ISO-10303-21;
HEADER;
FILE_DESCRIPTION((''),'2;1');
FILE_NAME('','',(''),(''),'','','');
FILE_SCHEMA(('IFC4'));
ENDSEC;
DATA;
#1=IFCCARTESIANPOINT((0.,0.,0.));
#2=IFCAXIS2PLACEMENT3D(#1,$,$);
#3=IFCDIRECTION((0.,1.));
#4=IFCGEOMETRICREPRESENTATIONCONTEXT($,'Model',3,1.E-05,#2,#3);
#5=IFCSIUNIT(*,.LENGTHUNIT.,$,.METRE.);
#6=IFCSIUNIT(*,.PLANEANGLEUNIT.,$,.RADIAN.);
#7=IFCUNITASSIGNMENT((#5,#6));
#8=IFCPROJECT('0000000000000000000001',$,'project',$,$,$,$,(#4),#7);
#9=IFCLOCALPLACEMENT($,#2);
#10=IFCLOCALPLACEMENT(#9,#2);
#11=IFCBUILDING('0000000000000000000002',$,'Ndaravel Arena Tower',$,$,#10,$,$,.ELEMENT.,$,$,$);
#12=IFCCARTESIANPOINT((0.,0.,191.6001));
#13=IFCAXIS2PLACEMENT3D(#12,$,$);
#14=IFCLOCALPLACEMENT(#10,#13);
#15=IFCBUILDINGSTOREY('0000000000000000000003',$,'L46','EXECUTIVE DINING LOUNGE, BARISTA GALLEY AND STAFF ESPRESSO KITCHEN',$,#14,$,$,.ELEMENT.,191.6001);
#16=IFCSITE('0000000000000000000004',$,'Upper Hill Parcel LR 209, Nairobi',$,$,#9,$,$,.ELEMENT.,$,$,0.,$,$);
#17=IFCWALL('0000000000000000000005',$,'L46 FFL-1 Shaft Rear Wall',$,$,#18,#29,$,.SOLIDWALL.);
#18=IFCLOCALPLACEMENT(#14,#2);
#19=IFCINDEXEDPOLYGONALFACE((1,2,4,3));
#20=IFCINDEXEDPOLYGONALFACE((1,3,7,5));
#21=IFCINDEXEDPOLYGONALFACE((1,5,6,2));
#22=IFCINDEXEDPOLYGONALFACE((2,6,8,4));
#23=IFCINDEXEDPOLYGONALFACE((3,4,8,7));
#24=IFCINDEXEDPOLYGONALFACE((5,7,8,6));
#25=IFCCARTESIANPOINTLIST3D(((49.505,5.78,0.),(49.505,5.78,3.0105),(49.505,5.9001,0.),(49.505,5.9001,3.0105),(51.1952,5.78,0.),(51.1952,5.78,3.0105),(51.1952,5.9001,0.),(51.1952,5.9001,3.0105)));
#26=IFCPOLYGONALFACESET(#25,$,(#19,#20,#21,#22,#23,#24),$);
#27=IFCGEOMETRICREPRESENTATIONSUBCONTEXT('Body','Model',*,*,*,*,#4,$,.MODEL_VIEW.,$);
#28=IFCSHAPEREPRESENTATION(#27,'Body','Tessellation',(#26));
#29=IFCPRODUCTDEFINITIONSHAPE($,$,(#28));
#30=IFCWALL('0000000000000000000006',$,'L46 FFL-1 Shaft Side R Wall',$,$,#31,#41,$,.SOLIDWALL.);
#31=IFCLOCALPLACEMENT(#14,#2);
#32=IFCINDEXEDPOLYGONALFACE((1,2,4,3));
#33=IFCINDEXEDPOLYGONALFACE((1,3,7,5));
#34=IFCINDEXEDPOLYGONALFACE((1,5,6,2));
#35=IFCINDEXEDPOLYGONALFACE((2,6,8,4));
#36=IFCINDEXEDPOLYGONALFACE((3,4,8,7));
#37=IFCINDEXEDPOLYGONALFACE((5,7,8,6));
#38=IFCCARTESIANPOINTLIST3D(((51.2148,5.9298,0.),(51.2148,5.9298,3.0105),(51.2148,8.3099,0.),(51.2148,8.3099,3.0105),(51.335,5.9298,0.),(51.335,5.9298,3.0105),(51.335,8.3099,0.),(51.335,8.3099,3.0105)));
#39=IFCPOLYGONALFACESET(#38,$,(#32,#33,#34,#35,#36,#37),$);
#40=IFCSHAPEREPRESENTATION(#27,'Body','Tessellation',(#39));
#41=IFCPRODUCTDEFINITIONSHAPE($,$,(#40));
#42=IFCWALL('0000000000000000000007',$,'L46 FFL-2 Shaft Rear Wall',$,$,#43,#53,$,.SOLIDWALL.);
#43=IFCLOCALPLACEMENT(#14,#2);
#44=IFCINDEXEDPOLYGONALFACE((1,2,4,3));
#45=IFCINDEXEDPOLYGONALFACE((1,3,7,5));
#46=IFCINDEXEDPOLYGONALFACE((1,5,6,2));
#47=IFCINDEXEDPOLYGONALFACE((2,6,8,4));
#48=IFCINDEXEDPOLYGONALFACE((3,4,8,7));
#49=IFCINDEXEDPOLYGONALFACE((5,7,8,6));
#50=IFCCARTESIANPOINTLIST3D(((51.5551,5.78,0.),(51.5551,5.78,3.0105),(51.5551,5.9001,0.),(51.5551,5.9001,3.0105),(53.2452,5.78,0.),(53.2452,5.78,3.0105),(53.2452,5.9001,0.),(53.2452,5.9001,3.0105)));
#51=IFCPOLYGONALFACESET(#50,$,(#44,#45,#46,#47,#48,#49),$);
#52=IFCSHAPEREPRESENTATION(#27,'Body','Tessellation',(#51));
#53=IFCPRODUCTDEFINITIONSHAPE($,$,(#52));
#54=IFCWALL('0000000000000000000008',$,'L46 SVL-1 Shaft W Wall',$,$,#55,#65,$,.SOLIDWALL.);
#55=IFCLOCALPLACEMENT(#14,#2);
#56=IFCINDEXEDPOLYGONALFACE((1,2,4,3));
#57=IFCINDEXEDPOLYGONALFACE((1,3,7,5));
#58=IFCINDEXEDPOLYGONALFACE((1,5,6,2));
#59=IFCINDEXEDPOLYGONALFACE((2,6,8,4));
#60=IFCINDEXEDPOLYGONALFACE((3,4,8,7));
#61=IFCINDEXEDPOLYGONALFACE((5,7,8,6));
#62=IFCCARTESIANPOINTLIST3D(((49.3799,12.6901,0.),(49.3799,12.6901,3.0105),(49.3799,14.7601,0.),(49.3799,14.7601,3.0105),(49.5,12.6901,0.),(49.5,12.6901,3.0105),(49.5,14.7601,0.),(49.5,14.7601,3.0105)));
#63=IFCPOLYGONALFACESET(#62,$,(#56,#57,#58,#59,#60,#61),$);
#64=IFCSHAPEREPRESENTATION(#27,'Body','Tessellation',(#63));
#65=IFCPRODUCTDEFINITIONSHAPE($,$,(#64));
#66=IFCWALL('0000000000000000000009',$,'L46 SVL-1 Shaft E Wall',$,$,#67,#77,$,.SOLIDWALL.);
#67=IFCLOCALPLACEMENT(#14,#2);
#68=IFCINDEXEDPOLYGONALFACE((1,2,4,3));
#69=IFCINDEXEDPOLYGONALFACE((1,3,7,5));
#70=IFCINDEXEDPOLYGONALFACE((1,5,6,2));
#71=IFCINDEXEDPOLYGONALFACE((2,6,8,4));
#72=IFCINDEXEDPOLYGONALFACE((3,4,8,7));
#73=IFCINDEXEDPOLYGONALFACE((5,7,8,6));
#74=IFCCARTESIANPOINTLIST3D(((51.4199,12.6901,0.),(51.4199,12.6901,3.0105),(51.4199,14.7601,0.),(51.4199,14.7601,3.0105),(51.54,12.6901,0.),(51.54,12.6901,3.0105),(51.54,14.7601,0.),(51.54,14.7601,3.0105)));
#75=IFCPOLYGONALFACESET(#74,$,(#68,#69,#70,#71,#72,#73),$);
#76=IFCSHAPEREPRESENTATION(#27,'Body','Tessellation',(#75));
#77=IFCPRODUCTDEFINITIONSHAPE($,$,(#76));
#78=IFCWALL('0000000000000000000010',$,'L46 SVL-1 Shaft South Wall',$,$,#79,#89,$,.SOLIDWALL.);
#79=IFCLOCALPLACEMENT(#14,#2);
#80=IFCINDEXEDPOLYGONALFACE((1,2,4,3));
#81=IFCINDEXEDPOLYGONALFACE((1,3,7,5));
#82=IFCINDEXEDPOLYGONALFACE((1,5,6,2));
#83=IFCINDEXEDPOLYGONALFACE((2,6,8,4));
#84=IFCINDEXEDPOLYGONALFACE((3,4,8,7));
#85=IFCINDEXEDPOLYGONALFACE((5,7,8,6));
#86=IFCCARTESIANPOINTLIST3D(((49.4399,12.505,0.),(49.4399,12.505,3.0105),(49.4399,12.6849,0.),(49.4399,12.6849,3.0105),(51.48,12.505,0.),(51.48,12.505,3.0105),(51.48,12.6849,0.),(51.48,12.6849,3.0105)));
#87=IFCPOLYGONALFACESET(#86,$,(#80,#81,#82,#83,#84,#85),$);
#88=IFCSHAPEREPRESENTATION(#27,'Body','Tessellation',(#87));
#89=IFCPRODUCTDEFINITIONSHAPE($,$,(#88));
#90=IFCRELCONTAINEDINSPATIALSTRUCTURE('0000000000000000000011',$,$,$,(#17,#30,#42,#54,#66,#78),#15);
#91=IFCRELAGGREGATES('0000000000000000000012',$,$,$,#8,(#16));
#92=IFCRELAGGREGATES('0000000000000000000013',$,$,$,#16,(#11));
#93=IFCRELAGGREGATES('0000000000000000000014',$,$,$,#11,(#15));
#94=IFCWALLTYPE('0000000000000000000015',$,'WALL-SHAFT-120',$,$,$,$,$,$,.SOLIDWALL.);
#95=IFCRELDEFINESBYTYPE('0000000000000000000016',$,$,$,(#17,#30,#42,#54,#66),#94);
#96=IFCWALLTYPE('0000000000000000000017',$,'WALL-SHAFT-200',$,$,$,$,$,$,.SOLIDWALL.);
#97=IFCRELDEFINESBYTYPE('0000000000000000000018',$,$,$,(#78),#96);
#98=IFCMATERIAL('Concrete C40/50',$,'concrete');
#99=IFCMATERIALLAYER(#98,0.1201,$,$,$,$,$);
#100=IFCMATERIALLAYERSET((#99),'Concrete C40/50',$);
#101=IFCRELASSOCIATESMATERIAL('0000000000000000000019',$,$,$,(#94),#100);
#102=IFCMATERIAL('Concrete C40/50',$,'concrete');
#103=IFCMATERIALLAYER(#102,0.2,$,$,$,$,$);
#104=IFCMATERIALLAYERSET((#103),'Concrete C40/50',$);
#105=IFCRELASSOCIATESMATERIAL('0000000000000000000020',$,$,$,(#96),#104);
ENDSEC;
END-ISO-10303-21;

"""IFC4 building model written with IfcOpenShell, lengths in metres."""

from ifc_helpers import new_model, si_unit, direction, frame, frame_2d, origin, place, context, subcontext, project, spatial, rectangle, extrude, material, layer, layer_set, type_object, element, save


model = new_model("IFC4")

# Units and contexts
model_context = context("Model", 3, precision=1e-05, world=origin(), true_north=direction((0.0, 1.0)))
body_context = subcontext(model_context, "Body", "Model", "MODEL_VIEW")
ifc_project = project(units=[si_unit("LENGTHUNIT", "METRE"), si_unit("PLANEANGLEUNIT", "RADIAN")], contexts=[model_context])

# Site, building, storey
site_placement = place(None, origin())
site = spatial("IfcSite", under=ifc_project, at=site_placement, Name="Upper Hill Parcel LR 209, Nairobi", CompositionType="ELEMENT", RefElevation=0.0)
building_placement = place(site_placement, origin())
building = spatial("IfcBuilding", under=site, at=building_placement, Name="Ndaravel Arena Tower", CompositionType="ELEMENT")
storey_placement = place(building_placement, frame((0.0, 0.0, 191.6001)))
storey = spatial("IfcBuildingStorey", under=building, at=storey_placement, Name="L46", Description="EXECUTIVE DINING LOUNGE, BARISTA GALLEY AND STAFF ESPRESSO KITCHEN", CompositionType="ELEMENT", Elevation=191.6001)

# Walls
ifc_material_1 = material(Name="Concrete C40/50", Category="concrete")
ifc_layer_1 = layer(ifc_material_1, 0.1201)
ifc_layer_set_1 = layer_set([ifc_layer_1], Name="Concrete C40/50")
wall_type_1 = type_object("IfcWallType", Name="WALL-SHAFT-120", PredefinedType="SOLIDWALL", material=ifc_layer_set_1)
wall_1_placement = place(storey_placement, frame((49.5049, 5.8401, 0.0), z_axis=(0.0, 0.0, 1.0), x_axis=(1.0, 0.0, 0.0)))
element("IfcWall", 1, at=wall_1_placement, inside=storey, type_object=wall_type_1, Name="L46 FFL-1 Shaft Rear Wall", PredefinedType="SOLIDWALL", context=body_context, shape_type="SweptSolid", body=[
    extrude(rectangle(XDim=1.6902, YDim=0.1201, at=frame_2d((0.8452, 0.0))), origin(), (0.0, 0.0, 1.0), 3.0105),
])
wall_2_placement = place(storey_placement, frame((51.2749, 5.9299, 0.0), z_axis=(0.0, 0.0, 1.0), x_axis=(0.0, 1.0, 0.0)))
element("IfcWall", 2, at=wall_2_placement, inside=storey, type_object=wall_type_1, Name="L46 FFL-1 Shaft Side R Wall", PredefinedType="SOLIDWALL", context=body_context, shape_type="SweptSolid", body=[
    extrude(rectangle(XDim=2.3801, YDim=0.1201, at=frame_2d((1.1899, 0.0))), origin(), (0.0, 0.0, 1.0), 3.0105),
])
wall_3_placement = place(storey_placement, frame((51.5549, 5.8401, 0.0), z_axis=(0.0, 0.0, 1.0), x_axis=(1.0, 0.0, 0.0)))
element("IfcWall", 3, at=wall_3_placement, inside=storey, type_object=wall_type_1, Name="L46 FFL-2 Shaft Rear Wall", PredefinedType="SOLIDWALL", context=body_context, shape_type="SweptSolid", body=[
    extrude(rectangle(XDim=1.6902, YDim=0.1201, at=frame_2d((0.8452, 0.0))), origin(), (0.0, 0.0, 1.0), 3.0105),
])
for number, where, z_axis, x_axis, name in (
    (4, (49.4399, 12.6899, 0.0), (0.0, 0.0, 1.0), (0.0, 1.0, 0.0), "L46 SVL-1 Shaft W Wall"),
    (5, (51.48, 12.6899, 0.0), (0.0, 0.0, 1.0), (0.0, 1.0, 0.0), "L46 SVL-1 Shaft E Wall"),
):
    element("IfcWall", number, at=place(storey_placement, frame(where, z_axis=z_axis, x_axis=x_axis)), inside=storey, type_object=wall_type_1, Name=name, PredefinedType="SOLIDWALL", context=body_context, shape_type="SweptSolid", body=[
        extrude(rectangle(XDim=2.0701, YDim=0.1201, at=frame_2d((1.0352, 0.0))), origin(), (0.0, 0.0, 1.0), 3.0105),
    ])

# Shared definitions
ifc_material_2 = material(Name="Concrete C40/50", Category="concrete")
ifc_layer_2 = layer(ifc_material_2, 0.2)
ifc_layer_set_2 = layer_set([ifc_layer_2], Name="Concrete C40/50")
wall_type_2 = type_object("IfcWallType", Name="WALL-SHAFT-200", PredefinedType="SOLIDWALL", material=ifc_layer_set_2)

# Wall
wall_4_placement = place(storey_placement, frame((49.4399, 12.595, 0.0), z_axis=(0.0, 0.0, 1.0), x_axis=(1.0, 0.0, 0.0)))
element("IfcWall", 6, at=wall_4_placement, inside=storey, type_object=wall_type_2, Name="L46 SVL-1 Shaft South Wall", PredefinedType="SOLIDWALL", context=body_context, shape_type="SweptSolid", body=[
    extrude(rectangle(XDim=2.04, YDim=0.1799, at=frame_2d((1.02, 0.0))), origin(), (0.0, 0.0, 1.0), 3.0105),
])

save(model, "model.ifc")
